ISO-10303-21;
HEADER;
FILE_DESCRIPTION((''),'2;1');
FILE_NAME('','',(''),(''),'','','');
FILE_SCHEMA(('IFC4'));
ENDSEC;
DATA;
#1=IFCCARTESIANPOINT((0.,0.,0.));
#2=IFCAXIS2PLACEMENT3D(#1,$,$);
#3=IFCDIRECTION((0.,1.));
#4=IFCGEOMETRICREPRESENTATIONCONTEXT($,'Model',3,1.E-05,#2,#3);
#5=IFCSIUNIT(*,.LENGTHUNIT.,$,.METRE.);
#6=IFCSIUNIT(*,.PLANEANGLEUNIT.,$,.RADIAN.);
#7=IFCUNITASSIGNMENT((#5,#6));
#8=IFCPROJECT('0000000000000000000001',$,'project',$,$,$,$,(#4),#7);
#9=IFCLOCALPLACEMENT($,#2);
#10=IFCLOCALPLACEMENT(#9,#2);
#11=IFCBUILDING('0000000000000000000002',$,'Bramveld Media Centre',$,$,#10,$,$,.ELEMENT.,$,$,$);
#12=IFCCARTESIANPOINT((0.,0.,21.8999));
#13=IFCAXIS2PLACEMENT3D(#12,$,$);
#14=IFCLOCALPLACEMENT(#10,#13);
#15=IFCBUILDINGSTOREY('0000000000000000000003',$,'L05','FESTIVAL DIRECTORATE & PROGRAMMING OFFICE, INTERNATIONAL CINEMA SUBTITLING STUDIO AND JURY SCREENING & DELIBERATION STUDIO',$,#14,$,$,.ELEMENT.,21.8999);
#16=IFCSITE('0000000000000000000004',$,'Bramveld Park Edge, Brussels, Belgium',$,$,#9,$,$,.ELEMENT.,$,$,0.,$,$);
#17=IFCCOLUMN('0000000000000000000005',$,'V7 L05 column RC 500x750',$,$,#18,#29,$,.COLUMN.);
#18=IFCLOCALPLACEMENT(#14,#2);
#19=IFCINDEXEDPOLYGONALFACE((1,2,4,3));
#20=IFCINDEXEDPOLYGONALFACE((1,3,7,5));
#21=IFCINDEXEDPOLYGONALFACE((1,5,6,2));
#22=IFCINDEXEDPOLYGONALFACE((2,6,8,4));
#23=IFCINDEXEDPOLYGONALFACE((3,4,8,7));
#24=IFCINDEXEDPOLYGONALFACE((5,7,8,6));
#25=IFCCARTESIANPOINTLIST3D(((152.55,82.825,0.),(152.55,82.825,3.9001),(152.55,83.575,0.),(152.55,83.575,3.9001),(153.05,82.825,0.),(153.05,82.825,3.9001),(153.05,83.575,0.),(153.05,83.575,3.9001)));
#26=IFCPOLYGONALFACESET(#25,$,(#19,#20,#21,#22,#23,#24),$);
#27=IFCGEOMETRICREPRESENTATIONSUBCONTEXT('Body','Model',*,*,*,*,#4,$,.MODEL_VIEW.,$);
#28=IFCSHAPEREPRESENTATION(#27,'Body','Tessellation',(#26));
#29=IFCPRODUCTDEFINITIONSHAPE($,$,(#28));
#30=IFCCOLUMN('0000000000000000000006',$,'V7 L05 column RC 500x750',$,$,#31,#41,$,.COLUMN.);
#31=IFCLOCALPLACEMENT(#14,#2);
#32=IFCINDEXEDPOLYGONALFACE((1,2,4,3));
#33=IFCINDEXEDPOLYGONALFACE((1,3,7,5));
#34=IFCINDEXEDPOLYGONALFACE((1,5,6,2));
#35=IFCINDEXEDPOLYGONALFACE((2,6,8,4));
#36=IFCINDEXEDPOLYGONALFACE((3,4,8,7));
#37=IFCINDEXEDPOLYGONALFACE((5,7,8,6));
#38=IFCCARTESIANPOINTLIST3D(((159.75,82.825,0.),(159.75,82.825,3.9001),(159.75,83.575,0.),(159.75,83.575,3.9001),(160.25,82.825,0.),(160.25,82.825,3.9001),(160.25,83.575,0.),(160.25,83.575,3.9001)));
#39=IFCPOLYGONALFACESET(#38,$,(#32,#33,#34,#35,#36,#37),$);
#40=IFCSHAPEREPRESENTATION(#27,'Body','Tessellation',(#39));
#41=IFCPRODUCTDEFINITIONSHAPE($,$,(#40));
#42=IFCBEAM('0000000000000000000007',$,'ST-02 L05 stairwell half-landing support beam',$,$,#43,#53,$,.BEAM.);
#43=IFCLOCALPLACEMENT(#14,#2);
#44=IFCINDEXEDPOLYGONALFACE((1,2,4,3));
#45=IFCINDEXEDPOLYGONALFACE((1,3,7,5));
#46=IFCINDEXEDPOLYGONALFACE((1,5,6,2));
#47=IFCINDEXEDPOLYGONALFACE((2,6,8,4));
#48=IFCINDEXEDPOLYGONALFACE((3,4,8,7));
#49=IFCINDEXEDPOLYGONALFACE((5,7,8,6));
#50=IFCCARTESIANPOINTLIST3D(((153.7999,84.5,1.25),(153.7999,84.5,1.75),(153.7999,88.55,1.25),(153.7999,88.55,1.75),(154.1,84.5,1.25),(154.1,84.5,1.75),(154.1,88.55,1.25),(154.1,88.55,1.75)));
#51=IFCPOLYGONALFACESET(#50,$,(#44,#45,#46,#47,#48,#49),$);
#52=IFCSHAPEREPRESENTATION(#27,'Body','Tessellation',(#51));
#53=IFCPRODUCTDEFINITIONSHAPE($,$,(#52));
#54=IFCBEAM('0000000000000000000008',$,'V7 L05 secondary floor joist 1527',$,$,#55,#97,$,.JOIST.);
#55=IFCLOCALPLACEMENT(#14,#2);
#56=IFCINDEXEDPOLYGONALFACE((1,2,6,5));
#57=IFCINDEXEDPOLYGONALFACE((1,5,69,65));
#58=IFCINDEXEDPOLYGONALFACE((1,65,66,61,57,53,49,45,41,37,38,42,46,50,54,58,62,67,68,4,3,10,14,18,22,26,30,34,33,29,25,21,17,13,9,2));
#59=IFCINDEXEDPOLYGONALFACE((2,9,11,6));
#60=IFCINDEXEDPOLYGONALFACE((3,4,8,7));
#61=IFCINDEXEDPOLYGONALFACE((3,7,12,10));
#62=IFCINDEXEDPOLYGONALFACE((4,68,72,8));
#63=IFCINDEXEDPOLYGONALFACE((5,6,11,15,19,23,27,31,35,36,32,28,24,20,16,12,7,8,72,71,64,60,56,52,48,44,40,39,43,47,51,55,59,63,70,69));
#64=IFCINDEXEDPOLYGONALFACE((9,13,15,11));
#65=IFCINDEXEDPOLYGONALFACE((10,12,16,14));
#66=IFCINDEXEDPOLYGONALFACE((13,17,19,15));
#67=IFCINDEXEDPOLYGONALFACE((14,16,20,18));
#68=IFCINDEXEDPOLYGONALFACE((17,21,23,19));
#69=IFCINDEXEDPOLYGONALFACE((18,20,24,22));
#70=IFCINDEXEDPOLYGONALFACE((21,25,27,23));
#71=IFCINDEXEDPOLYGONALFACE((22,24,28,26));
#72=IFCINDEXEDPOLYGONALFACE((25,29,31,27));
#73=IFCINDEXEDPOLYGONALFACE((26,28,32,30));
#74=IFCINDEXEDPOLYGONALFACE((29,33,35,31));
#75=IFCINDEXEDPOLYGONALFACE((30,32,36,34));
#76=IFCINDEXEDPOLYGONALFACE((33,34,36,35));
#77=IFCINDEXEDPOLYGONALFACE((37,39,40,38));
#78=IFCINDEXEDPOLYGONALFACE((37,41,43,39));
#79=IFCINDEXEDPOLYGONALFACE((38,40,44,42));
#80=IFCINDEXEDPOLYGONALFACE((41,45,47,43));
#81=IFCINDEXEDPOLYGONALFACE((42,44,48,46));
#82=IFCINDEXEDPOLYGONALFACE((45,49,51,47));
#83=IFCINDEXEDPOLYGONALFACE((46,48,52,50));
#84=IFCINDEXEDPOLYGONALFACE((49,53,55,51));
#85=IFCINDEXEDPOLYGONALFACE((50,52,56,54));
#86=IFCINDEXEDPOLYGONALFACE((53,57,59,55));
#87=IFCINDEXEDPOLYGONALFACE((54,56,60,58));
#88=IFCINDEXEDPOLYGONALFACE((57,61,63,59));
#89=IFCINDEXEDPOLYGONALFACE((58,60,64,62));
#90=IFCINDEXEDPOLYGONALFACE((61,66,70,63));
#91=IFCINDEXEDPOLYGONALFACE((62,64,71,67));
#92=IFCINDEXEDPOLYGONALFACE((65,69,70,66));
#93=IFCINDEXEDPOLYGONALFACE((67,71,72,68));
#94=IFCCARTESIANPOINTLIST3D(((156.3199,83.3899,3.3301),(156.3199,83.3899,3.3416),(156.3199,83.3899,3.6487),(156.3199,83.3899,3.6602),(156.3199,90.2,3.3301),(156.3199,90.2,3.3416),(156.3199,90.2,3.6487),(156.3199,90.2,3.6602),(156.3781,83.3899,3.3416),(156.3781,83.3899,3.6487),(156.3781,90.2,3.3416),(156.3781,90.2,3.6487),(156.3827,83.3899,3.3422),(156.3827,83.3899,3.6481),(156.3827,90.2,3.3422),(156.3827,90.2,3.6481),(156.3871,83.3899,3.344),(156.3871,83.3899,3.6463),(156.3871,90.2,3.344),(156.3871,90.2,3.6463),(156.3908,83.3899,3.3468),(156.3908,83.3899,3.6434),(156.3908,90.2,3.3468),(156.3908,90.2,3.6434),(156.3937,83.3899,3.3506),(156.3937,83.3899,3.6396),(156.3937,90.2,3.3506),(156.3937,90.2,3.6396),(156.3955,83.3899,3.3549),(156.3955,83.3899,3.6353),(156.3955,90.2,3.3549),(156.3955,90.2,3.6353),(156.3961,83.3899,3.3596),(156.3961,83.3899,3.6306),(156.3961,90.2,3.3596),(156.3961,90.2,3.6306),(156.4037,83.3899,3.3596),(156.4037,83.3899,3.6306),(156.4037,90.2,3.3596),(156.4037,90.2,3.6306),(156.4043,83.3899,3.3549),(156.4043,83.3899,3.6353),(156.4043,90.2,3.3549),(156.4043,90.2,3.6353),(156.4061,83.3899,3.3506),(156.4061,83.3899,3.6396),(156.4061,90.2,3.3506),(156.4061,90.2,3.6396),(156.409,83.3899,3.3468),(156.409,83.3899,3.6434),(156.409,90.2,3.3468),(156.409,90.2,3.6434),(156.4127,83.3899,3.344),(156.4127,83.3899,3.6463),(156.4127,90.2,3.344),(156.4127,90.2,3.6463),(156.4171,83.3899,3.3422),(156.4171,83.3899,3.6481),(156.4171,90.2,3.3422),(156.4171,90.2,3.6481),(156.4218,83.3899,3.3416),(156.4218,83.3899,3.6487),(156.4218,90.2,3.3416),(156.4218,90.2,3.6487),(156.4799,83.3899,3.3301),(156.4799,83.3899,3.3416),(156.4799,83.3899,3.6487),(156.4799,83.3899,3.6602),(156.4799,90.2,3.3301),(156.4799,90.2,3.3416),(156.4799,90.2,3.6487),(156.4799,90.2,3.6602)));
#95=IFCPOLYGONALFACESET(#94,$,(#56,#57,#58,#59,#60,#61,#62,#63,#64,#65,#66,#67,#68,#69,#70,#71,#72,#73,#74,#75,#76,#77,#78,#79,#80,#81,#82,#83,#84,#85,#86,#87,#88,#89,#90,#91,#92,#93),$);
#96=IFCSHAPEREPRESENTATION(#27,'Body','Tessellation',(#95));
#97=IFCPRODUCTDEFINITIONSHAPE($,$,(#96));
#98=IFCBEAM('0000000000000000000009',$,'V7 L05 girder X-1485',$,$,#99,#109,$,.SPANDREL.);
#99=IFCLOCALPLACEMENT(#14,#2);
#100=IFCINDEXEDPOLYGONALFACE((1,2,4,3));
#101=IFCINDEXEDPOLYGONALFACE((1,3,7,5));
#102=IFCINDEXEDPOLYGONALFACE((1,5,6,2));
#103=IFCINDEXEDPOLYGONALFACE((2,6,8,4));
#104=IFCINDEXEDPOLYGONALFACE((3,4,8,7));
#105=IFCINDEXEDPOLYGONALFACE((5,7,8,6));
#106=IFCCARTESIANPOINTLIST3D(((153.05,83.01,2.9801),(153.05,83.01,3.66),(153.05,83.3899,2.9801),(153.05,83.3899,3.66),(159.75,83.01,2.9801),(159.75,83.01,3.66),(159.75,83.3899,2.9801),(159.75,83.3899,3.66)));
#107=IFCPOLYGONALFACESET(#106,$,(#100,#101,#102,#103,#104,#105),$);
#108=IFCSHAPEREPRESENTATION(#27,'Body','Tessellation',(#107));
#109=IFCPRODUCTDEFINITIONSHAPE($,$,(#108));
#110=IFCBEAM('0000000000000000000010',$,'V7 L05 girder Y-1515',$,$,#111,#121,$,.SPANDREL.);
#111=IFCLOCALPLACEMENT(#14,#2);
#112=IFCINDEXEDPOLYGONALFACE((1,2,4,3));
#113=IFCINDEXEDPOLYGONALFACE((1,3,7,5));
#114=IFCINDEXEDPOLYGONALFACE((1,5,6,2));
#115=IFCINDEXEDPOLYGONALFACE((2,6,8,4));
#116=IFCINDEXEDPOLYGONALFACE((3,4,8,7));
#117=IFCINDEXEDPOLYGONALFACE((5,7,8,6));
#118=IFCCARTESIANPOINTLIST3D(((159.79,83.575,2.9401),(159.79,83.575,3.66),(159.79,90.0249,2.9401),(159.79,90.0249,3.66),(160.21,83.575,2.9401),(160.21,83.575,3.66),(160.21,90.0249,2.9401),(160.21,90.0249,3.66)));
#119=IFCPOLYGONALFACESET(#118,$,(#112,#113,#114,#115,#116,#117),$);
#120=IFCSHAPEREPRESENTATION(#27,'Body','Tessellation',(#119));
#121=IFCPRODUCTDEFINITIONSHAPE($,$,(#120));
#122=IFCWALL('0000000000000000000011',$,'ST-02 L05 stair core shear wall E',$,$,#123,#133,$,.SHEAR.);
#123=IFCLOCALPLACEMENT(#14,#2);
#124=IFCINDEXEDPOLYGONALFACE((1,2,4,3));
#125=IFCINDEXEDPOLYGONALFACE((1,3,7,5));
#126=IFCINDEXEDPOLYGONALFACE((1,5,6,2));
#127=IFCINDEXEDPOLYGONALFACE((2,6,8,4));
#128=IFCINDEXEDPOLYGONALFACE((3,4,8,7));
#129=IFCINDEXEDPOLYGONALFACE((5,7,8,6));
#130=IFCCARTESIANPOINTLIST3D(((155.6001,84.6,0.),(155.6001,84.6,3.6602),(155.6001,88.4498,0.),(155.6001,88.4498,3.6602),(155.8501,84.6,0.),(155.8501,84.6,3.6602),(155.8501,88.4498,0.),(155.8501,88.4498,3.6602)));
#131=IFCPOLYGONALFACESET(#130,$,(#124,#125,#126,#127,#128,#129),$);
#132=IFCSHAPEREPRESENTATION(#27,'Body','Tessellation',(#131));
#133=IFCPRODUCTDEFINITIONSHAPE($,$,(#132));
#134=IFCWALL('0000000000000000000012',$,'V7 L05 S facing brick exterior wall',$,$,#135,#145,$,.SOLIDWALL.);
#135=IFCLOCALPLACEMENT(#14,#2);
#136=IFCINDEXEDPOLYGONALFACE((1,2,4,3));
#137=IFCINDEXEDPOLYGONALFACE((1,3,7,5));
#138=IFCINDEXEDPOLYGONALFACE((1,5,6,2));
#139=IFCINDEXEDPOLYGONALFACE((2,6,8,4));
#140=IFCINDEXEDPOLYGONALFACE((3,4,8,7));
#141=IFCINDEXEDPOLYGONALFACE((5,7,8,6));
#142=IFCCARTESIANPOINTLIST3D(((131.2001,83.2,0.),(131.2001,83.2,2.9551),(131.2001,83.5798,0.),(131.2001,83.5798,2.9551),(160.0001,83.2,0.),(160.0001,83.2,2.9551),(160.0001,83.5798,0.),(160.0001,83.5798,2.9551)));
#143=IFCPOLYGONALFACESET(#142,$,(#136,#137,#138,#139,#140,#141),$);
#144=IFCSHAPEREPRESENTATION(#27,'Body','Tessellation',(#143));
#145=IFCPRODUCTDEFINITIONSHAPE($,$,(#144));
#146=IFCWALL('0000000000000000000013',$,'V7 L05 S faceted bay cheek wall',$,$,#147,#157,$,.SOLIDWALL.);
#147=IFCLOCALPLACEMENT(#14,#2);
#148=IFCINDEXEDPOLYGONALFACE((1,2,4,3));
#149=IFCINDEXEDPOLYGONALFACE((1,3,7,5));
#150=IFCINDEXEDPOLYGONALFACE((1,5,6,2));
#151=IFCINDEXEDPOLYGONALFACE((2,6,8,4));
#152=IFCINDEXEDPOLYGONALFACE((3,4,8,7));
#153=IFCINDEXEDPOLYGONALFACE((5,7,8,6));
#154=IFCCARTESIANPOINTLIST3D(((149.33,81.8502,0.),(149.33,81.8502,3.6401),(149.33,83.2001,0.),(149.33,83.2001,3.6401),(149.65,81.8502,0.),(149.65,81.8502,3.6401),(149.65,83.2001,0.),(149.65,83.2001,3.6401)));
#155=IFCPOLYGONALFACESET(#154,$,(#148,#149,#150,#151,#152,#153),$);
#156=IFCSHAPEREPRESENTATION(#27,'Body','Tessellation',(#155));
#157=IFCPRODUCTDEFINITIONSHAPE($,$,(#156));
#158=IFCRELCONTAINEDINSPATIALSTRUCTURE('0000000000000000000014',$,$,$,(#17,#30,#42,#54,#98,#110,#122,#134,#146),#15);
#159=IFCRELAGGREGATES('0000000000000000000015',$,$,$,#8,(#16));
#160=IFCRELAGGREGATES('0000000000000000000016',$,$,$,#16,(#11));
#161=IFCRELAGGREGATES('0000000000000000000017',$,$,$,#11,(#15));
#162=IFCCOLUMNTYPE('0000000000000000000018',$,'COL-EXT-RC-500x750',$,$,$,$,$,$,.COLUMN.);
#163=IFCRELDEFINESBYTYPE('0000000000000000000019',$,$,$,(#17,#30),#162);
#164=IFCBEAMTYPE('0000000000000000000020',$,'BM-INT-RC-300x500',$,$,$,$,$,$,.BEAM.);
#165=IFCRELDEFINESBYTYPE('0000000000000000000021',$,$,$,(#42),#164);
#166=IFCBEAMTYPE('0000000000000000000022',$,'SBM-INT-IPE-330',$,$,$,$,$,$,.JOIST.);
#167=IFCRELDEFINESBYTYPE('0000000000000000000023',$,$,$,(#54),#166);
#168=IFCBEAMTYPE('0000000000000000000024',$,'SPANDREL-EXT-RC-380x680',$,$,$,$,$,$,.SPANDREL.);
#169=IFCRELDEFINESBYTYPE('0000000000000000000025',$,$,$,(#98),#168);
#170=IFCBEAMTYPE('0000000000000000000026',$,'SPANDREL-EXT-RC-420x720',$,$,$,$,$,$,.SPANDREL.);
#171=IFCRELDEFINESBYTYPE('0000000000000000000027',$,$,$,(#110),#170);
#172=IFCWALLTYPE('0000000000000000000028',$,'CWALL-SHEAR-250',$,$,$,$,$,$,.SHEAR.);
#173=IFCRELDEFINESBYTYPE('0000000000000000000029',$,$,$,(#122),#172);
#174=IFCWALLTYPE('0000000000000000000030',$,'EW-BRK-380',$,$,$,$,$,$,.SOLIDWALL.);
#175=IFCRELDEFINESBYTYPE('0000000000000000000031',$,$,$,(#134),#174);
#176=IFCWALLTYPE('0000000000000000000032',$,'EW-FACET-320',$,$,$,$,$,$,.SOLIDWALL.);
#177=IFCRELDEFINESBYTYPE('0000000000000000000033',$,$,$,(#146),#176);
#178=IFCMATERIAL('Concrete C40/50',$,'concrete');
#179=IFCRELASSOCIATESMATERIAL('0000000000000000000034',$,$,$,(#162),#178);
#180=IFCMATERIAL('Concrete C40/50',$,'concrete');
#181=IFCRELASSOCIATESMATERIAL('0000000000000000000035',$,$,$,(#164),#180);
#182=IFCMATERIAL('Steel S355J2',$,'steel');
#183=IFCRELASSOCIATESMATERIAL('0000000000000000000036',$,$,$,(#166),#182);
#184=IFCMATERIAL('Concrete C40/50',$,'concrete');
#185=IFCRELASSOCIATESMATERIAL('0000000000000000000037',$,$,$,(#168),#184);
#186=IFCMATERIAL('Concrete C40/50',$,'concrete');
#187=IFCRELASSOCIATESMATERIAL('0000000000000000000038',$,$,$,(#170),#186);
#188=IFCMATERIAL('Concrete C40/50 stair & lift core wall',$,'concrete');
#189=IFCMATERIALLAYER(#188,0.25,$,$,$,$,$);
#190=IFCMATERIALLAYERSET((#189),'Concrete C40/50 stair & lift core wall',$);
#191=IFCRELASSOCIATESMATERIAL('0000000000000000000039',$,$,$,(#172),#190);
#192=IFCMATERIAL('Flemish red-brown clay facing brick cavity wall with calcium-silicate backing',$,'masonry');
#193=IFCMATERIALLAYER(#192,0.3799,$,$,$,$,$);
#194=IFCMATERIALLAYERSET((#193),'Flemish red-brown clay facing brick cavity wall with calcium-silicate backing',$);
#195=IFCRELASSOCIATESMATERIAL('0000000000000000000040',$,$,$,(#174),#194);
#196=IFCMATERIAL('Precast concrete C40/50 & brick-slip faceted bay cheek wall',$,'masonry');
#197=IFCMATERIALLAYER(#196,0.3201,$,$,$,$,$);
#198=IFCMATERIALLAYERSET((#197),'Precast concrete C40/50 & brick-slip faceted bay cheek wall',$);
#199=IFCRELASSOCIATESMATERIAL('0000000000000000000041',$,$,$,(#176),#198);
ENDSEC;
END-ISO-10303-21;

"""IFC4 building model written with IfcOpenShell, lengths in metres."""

from ifc_helpers import new_model, si_unit, direction, frame, frame_2d, origin, origin_2d, place, context, subcontext, project, spatial, rectangle, i_section, extrude, material, layer, layer_set, material_profile, profile_set, type_object, element, save


model = new_model("IFC4")

# Units and contexts
model_context = context("Model", 3, precision=1e-05, world=origin(), true_north=direction((0.0, 1.0)))
body_context = subcontext(model_context, "Body", "Model", "MODEL_VIEW")
ifc_project = project(units=[si_unit("LENGTHUNIT", "METRE"), si_unit("PLANEANGLEUNIT", "RADIAN")], contexts=[model_context])

# Site, building, storey
site_placement = place(None, origin())
site = spatial("IfcSite", under=ifc_project, at=site_placement, Name="Bramveld Park Edge, Brussels, Belgium", CompositionType="ELEMENT", RefElevation=0.0)
building_placement = place(site_placement, origin())
building = spatial("IfcBuilding", under=site, at=building_placement, Name="Bramveld Media Centre", CompositionType="ELEMENT")
storey_placement = place(building_placement, frame((0.0, 0.0, 21.8999)))
storey = spatial("IfcBuildingStorey", under=building, at=storey_placement, Name="L05", Description="FESTIVAL DIRECTORATE & PROGRAMMING OFFICE, INTERNATIONAL CINEMA SUBTITLING STUDIO AND JURY SCREENING & DELIBERATION STUDIO", CompositionType="ELEMENT", Elevation=21.8999)

# Columns
ifc_material_1 = material(Name="Concrete C40/50", Category="concrete")
ifc_material_profile_1 = material_profile(ifc_material_1, rectangle(XDim=0.5, YDim=0.75, at=origin_2d()), Name="RC 500x750")
ifc_profile_set_1 = profile_set([ifc_material_profile_1], Name="Concrete C40/50")
column_type = type_object("IfcColumnType", Name="COL-EXT-RC-500x750", PredefinedType="COLUMN", material=ifc_profile_set_1)
for number, where, z_axis, x_axis, name in (
    (1, (152.8, 83.2, 0.0), (0.0, 0.0, 1.0), (1.0, 0.0, 0.0), "V7 L05 column RC 500x750"),
    (2, (160.0, 83.2, 0.0), (0.0, 0.0, 1.0), (1.0, 0.0, 0.0), "V7 L05 column RC 500x750"),
):
    element("IfcColumn", number, at=place(storey_placement, frame(where, z_axis=z_axis, x_axis=x_axis)), inside=storey, type_object=column_type, Name=name, PredefinedType="COLUMN", context=body_context, shape_type="SweptSolid", body=[
        extrude(rectangle(XDim=0.5, YDim=0.75, at=origin_2d()), origin(), (0.0, 0.0, 1.0), 3.9001),
    ])

# Beams
ifc_material_2 = material(Name="Concrete C40/50", Category="concrete")
ifc_material_profile_2 = material_profile(ifc_material_2, rectangle(XDim=0.3, YDim=0.5, at=origin_2d()), Name="RC 300x500")
ifc_profile_set_2 = profile_set([ifc_material_profile_2], Name="Concrete C40/50")
beam_type_1 = type_object("IfcBeamType", Name="BM-INT-RC-300x500", PredefinedType="BEAM", material=ifc_profile_set_2)
beam_1_placement = place(storey_placement, frame((153.95, 84.5, 1.5), z_axis=(0.0, 1.0, 0.0), x_axis=(-1.0, 0.0, 0.0)))
element("IfcBeam", 3, at=beam_1_placement, inside=storey, type_object=beam_type_1, Name="ST-02 L05 stairwell half-landing support beam", PredefinedType="BEAM", context=body_context, shape_type="SweptSolid", body=[
    extrude(rectangle(XDim=0.3, YDim=0.5, at=origin_2d()), origin(), (0.0, 0.0, 1.0), 4.05),
])
ifc_material_3 = material(Name="Steel S355J2", Category="steel")
ifc_material_profile_3 = material_profile(ifc_material_3, i_section(OverallWidth=0.1599, OverallDepth=0.3301, WebThickness=0.0076, FlangeThickness=0.0115, FilletRadius=0.0181, at=origin_2d()), Name="IPE 330")
ifc_profile_set_3 = profile_set([ifc_material_profile_3], Name="Steel S355J2")
beam_type_2 = type_object("IfcBeamType", Name="SBM-INT-IPE-330", PredefinedType="JOIST", material=ifc_profile_set_3)
beam_2_placement = place(storey_placement, frame((156.3999, 83.3899, 3.4951), z_axis=(0.0, 1.0, 0.0), x_axis=(-1.0, 0.0, 0.0)))
element("IfcBeam", 4, at=beam_2_placement, inside=storey, type_object=beam_type_2, Name="V7 L05 secondary floor joist 1527", PredefinedType="JOIST", context=body_context, shape_type="SweptSolid", body=[
    extrude(i_section(OverallWidth=0.1599, OverallDepth=0.3301, WebThickness=0.0076, FlangeThickness=0.0115, FilletRadius=0.0181, at=origin_2d()), origin(), (0.0, 0.0, 1.0), 6.8101),
])
ifc_material_4 = material(Name="Concrete C40/50", Category="concrete")
ifc_material_profile_4 = material_profile(ifc_material_4, rectangle(XDim=0.3799, YDim=0.6799, at=origin_2d()), Name="RC 380x680")
ifc_profile_set_4 = profile_set([ifc_material_profile_4], Name="Concrete C40/50")
beam_type_3 = type_object("IfcBeamType", Name="SPANDREL-EXT-RC-380x680", PredefinedType="SPANDREL", material=ifc_profile_set_4)
beam_3_placement = place(storey_placement, frame((153.05, 83.2, 3.3201), z_axis=(1.0, 0.0, 0.0), x_axis=(0.0, 1.0, 0.0)))
element("IfcBeam", 5, at=beam_3_placement, inside=storey, type_object=beam_type_3, Name="V7 L05 girder X-1485", PredefinedType="SPANDREL", context=body_context, shape_type="SweptSolid", body=[
    extrude(rectangle(XDim=0.3799, YDim=0.6799, at=origin_2d()), origin(), (0.0, 0.0, 1.0), 6.7),
])
ifc_material_5 = material(Name="Concrete C40/50", Category="concrete")
ifc_material_profile_5 = material_profile(ifc_material_5, rectangle(XDim=0.4199, YDim=0.72, at=origin_2d()), Name="RC 420x720")
ifc_profile_set_5 = profile_set([ifc_material_profile_5], Name="Concrete C40/50")
beam_type_4 = type_object("IfcBeamType", Name="SPANDREL-EXT-RC-420x720", PredefinedType="SPANDREL", material=ifc_profile_set_5)
beam_4_placement = place(storey_placement, frame((160.0, 83.575, 3.3), z_axis=(0.0, 1.0, 0.0), x_axis=(-1.0, 0.0, 0.0)))
element("IfcBeam", 6, at=beam_4_placement, inside=storey, type_object=beam_type_4, Name="V7 L05 girder Y-1515", PredefinedType="SPANDREL", context=body_context, shape_type="SweptSolid", body=[
    extrude(rectangle(XDim=0.4199, YDim=0.72, at=origin_2d()), origin(), (0.0, 0.0, 1.0), 6.45),
])

# Walls
ifc_material_6 = material(Name="Concrete C40/50 stair & lift core wall", Category="concrete")
ifc_layer_1 = layer(ifc_material_6, 0.25)
ifc_layer_set_1 = layer_set([ifc_layer_1], Name="Concrete C40/50 stair & lift core wall")
wall_type_1 = type_object("IfcWallType", Name="CWALL-SHEAR-250", PredefinedType="SHEAR", material=ifc_layer_set_1)
wall_1_placement = place(storey_placement, frame((155.7251, 84.6001, 0.0), z_axis=(0.0, 0.0, 1.0), x_axis=(0.0, 1.0, 0.0)))
element("IfcWall", 7, at=wall_1_placement, inside=storey, type_object=wall_type_1, Name="ST-02 L05 stair core shear wall E", PredefinedType="SHEAR", context=body_context, shape_type="SweptSolid", body=[
    extrude(rectangle(XDim=3.8499, YDim=0.25, at=frame_2d((1.9248, 0.0))), origin(), (0.0, 0.0, 1.0), 3.6602),
])
ifc_material_7 = material(Name="Flemish red-brown clay facing brick cavity wall with calcium-silicate backing", Category="masonry")
ifc_layer_2 = layer(ifc_material_7, 0.3799)
ifc_layer_set_2 = layer_set([ifc_layer_2], Name="Flemish red-brown clay facing brick cavity wall with calcium-silicate backing")
wall_type_2 = type_object("IfcWallType", Name="EW-BRK-380", PredefinedType="SOLIDWALL", material=ifc_layer_set_2)
wall_2_placement = place(storey_placement, frame((160.0, 83.3899, 0.0), z_axis=(0.0, 0.0, 1.0), x_axis=(-1.0, 0.0, 0.0)))
element("IfcWall", 8, at=wall_2_placement, inside=storey, type_object=wall_type_2, Name="V7 L05 S facing brick exterior wall", PredefinedType="SOLIDWALL", context=body_context, shape_type="SweptSolid", body=[
    extrude(rectangle(XDim=28.8, YDim=0.3799, at=frame_2d((14.3999, 0.0))), origin(), (0.0, 0.0, 1.0), 2.9551),
])
ifc_material_8 = material(Name="Precast concrete C40/50 & brick-slip faceted bay cheek wall", Category="masonry")
ifc_layer_3 = layer(ifc_material_8, 0.3201)
ifc_layer_set_3 = layer_set([ifc_layer_3], Name="Precast concrete C40/50 & brick-slip faceted bay cheek wall")
wall_type_3 = type_object("IfcWallType", Name="EW-FACET-320", PredefinedType="SOLIDWALL", material=ifc_layer_set_3)
wall_3_placement = place(storey_placement, frame((149.49, 83.2, 0.0), z_axis=(0.0, 0.0, 1.0), x_axis=(0.0, -1.0, 0.0)))
element("IfcWall", 9, at=wall_3_placement, inside=storey, type_object=wall_type_3, Name="V7 L05 S faceted bay cheek wall", PredefinedType="SOLIDWALL", context=body_context, shape_type="SweptSolid", body=[
    extrude(rectangle(XDim=1.3499, YDim=0.3201, at=frame_2d((0.6748, 0.0))), origin(), (0.0, 0.0, 1.0), 3.6401),
])

save(model, "model.ifc")
